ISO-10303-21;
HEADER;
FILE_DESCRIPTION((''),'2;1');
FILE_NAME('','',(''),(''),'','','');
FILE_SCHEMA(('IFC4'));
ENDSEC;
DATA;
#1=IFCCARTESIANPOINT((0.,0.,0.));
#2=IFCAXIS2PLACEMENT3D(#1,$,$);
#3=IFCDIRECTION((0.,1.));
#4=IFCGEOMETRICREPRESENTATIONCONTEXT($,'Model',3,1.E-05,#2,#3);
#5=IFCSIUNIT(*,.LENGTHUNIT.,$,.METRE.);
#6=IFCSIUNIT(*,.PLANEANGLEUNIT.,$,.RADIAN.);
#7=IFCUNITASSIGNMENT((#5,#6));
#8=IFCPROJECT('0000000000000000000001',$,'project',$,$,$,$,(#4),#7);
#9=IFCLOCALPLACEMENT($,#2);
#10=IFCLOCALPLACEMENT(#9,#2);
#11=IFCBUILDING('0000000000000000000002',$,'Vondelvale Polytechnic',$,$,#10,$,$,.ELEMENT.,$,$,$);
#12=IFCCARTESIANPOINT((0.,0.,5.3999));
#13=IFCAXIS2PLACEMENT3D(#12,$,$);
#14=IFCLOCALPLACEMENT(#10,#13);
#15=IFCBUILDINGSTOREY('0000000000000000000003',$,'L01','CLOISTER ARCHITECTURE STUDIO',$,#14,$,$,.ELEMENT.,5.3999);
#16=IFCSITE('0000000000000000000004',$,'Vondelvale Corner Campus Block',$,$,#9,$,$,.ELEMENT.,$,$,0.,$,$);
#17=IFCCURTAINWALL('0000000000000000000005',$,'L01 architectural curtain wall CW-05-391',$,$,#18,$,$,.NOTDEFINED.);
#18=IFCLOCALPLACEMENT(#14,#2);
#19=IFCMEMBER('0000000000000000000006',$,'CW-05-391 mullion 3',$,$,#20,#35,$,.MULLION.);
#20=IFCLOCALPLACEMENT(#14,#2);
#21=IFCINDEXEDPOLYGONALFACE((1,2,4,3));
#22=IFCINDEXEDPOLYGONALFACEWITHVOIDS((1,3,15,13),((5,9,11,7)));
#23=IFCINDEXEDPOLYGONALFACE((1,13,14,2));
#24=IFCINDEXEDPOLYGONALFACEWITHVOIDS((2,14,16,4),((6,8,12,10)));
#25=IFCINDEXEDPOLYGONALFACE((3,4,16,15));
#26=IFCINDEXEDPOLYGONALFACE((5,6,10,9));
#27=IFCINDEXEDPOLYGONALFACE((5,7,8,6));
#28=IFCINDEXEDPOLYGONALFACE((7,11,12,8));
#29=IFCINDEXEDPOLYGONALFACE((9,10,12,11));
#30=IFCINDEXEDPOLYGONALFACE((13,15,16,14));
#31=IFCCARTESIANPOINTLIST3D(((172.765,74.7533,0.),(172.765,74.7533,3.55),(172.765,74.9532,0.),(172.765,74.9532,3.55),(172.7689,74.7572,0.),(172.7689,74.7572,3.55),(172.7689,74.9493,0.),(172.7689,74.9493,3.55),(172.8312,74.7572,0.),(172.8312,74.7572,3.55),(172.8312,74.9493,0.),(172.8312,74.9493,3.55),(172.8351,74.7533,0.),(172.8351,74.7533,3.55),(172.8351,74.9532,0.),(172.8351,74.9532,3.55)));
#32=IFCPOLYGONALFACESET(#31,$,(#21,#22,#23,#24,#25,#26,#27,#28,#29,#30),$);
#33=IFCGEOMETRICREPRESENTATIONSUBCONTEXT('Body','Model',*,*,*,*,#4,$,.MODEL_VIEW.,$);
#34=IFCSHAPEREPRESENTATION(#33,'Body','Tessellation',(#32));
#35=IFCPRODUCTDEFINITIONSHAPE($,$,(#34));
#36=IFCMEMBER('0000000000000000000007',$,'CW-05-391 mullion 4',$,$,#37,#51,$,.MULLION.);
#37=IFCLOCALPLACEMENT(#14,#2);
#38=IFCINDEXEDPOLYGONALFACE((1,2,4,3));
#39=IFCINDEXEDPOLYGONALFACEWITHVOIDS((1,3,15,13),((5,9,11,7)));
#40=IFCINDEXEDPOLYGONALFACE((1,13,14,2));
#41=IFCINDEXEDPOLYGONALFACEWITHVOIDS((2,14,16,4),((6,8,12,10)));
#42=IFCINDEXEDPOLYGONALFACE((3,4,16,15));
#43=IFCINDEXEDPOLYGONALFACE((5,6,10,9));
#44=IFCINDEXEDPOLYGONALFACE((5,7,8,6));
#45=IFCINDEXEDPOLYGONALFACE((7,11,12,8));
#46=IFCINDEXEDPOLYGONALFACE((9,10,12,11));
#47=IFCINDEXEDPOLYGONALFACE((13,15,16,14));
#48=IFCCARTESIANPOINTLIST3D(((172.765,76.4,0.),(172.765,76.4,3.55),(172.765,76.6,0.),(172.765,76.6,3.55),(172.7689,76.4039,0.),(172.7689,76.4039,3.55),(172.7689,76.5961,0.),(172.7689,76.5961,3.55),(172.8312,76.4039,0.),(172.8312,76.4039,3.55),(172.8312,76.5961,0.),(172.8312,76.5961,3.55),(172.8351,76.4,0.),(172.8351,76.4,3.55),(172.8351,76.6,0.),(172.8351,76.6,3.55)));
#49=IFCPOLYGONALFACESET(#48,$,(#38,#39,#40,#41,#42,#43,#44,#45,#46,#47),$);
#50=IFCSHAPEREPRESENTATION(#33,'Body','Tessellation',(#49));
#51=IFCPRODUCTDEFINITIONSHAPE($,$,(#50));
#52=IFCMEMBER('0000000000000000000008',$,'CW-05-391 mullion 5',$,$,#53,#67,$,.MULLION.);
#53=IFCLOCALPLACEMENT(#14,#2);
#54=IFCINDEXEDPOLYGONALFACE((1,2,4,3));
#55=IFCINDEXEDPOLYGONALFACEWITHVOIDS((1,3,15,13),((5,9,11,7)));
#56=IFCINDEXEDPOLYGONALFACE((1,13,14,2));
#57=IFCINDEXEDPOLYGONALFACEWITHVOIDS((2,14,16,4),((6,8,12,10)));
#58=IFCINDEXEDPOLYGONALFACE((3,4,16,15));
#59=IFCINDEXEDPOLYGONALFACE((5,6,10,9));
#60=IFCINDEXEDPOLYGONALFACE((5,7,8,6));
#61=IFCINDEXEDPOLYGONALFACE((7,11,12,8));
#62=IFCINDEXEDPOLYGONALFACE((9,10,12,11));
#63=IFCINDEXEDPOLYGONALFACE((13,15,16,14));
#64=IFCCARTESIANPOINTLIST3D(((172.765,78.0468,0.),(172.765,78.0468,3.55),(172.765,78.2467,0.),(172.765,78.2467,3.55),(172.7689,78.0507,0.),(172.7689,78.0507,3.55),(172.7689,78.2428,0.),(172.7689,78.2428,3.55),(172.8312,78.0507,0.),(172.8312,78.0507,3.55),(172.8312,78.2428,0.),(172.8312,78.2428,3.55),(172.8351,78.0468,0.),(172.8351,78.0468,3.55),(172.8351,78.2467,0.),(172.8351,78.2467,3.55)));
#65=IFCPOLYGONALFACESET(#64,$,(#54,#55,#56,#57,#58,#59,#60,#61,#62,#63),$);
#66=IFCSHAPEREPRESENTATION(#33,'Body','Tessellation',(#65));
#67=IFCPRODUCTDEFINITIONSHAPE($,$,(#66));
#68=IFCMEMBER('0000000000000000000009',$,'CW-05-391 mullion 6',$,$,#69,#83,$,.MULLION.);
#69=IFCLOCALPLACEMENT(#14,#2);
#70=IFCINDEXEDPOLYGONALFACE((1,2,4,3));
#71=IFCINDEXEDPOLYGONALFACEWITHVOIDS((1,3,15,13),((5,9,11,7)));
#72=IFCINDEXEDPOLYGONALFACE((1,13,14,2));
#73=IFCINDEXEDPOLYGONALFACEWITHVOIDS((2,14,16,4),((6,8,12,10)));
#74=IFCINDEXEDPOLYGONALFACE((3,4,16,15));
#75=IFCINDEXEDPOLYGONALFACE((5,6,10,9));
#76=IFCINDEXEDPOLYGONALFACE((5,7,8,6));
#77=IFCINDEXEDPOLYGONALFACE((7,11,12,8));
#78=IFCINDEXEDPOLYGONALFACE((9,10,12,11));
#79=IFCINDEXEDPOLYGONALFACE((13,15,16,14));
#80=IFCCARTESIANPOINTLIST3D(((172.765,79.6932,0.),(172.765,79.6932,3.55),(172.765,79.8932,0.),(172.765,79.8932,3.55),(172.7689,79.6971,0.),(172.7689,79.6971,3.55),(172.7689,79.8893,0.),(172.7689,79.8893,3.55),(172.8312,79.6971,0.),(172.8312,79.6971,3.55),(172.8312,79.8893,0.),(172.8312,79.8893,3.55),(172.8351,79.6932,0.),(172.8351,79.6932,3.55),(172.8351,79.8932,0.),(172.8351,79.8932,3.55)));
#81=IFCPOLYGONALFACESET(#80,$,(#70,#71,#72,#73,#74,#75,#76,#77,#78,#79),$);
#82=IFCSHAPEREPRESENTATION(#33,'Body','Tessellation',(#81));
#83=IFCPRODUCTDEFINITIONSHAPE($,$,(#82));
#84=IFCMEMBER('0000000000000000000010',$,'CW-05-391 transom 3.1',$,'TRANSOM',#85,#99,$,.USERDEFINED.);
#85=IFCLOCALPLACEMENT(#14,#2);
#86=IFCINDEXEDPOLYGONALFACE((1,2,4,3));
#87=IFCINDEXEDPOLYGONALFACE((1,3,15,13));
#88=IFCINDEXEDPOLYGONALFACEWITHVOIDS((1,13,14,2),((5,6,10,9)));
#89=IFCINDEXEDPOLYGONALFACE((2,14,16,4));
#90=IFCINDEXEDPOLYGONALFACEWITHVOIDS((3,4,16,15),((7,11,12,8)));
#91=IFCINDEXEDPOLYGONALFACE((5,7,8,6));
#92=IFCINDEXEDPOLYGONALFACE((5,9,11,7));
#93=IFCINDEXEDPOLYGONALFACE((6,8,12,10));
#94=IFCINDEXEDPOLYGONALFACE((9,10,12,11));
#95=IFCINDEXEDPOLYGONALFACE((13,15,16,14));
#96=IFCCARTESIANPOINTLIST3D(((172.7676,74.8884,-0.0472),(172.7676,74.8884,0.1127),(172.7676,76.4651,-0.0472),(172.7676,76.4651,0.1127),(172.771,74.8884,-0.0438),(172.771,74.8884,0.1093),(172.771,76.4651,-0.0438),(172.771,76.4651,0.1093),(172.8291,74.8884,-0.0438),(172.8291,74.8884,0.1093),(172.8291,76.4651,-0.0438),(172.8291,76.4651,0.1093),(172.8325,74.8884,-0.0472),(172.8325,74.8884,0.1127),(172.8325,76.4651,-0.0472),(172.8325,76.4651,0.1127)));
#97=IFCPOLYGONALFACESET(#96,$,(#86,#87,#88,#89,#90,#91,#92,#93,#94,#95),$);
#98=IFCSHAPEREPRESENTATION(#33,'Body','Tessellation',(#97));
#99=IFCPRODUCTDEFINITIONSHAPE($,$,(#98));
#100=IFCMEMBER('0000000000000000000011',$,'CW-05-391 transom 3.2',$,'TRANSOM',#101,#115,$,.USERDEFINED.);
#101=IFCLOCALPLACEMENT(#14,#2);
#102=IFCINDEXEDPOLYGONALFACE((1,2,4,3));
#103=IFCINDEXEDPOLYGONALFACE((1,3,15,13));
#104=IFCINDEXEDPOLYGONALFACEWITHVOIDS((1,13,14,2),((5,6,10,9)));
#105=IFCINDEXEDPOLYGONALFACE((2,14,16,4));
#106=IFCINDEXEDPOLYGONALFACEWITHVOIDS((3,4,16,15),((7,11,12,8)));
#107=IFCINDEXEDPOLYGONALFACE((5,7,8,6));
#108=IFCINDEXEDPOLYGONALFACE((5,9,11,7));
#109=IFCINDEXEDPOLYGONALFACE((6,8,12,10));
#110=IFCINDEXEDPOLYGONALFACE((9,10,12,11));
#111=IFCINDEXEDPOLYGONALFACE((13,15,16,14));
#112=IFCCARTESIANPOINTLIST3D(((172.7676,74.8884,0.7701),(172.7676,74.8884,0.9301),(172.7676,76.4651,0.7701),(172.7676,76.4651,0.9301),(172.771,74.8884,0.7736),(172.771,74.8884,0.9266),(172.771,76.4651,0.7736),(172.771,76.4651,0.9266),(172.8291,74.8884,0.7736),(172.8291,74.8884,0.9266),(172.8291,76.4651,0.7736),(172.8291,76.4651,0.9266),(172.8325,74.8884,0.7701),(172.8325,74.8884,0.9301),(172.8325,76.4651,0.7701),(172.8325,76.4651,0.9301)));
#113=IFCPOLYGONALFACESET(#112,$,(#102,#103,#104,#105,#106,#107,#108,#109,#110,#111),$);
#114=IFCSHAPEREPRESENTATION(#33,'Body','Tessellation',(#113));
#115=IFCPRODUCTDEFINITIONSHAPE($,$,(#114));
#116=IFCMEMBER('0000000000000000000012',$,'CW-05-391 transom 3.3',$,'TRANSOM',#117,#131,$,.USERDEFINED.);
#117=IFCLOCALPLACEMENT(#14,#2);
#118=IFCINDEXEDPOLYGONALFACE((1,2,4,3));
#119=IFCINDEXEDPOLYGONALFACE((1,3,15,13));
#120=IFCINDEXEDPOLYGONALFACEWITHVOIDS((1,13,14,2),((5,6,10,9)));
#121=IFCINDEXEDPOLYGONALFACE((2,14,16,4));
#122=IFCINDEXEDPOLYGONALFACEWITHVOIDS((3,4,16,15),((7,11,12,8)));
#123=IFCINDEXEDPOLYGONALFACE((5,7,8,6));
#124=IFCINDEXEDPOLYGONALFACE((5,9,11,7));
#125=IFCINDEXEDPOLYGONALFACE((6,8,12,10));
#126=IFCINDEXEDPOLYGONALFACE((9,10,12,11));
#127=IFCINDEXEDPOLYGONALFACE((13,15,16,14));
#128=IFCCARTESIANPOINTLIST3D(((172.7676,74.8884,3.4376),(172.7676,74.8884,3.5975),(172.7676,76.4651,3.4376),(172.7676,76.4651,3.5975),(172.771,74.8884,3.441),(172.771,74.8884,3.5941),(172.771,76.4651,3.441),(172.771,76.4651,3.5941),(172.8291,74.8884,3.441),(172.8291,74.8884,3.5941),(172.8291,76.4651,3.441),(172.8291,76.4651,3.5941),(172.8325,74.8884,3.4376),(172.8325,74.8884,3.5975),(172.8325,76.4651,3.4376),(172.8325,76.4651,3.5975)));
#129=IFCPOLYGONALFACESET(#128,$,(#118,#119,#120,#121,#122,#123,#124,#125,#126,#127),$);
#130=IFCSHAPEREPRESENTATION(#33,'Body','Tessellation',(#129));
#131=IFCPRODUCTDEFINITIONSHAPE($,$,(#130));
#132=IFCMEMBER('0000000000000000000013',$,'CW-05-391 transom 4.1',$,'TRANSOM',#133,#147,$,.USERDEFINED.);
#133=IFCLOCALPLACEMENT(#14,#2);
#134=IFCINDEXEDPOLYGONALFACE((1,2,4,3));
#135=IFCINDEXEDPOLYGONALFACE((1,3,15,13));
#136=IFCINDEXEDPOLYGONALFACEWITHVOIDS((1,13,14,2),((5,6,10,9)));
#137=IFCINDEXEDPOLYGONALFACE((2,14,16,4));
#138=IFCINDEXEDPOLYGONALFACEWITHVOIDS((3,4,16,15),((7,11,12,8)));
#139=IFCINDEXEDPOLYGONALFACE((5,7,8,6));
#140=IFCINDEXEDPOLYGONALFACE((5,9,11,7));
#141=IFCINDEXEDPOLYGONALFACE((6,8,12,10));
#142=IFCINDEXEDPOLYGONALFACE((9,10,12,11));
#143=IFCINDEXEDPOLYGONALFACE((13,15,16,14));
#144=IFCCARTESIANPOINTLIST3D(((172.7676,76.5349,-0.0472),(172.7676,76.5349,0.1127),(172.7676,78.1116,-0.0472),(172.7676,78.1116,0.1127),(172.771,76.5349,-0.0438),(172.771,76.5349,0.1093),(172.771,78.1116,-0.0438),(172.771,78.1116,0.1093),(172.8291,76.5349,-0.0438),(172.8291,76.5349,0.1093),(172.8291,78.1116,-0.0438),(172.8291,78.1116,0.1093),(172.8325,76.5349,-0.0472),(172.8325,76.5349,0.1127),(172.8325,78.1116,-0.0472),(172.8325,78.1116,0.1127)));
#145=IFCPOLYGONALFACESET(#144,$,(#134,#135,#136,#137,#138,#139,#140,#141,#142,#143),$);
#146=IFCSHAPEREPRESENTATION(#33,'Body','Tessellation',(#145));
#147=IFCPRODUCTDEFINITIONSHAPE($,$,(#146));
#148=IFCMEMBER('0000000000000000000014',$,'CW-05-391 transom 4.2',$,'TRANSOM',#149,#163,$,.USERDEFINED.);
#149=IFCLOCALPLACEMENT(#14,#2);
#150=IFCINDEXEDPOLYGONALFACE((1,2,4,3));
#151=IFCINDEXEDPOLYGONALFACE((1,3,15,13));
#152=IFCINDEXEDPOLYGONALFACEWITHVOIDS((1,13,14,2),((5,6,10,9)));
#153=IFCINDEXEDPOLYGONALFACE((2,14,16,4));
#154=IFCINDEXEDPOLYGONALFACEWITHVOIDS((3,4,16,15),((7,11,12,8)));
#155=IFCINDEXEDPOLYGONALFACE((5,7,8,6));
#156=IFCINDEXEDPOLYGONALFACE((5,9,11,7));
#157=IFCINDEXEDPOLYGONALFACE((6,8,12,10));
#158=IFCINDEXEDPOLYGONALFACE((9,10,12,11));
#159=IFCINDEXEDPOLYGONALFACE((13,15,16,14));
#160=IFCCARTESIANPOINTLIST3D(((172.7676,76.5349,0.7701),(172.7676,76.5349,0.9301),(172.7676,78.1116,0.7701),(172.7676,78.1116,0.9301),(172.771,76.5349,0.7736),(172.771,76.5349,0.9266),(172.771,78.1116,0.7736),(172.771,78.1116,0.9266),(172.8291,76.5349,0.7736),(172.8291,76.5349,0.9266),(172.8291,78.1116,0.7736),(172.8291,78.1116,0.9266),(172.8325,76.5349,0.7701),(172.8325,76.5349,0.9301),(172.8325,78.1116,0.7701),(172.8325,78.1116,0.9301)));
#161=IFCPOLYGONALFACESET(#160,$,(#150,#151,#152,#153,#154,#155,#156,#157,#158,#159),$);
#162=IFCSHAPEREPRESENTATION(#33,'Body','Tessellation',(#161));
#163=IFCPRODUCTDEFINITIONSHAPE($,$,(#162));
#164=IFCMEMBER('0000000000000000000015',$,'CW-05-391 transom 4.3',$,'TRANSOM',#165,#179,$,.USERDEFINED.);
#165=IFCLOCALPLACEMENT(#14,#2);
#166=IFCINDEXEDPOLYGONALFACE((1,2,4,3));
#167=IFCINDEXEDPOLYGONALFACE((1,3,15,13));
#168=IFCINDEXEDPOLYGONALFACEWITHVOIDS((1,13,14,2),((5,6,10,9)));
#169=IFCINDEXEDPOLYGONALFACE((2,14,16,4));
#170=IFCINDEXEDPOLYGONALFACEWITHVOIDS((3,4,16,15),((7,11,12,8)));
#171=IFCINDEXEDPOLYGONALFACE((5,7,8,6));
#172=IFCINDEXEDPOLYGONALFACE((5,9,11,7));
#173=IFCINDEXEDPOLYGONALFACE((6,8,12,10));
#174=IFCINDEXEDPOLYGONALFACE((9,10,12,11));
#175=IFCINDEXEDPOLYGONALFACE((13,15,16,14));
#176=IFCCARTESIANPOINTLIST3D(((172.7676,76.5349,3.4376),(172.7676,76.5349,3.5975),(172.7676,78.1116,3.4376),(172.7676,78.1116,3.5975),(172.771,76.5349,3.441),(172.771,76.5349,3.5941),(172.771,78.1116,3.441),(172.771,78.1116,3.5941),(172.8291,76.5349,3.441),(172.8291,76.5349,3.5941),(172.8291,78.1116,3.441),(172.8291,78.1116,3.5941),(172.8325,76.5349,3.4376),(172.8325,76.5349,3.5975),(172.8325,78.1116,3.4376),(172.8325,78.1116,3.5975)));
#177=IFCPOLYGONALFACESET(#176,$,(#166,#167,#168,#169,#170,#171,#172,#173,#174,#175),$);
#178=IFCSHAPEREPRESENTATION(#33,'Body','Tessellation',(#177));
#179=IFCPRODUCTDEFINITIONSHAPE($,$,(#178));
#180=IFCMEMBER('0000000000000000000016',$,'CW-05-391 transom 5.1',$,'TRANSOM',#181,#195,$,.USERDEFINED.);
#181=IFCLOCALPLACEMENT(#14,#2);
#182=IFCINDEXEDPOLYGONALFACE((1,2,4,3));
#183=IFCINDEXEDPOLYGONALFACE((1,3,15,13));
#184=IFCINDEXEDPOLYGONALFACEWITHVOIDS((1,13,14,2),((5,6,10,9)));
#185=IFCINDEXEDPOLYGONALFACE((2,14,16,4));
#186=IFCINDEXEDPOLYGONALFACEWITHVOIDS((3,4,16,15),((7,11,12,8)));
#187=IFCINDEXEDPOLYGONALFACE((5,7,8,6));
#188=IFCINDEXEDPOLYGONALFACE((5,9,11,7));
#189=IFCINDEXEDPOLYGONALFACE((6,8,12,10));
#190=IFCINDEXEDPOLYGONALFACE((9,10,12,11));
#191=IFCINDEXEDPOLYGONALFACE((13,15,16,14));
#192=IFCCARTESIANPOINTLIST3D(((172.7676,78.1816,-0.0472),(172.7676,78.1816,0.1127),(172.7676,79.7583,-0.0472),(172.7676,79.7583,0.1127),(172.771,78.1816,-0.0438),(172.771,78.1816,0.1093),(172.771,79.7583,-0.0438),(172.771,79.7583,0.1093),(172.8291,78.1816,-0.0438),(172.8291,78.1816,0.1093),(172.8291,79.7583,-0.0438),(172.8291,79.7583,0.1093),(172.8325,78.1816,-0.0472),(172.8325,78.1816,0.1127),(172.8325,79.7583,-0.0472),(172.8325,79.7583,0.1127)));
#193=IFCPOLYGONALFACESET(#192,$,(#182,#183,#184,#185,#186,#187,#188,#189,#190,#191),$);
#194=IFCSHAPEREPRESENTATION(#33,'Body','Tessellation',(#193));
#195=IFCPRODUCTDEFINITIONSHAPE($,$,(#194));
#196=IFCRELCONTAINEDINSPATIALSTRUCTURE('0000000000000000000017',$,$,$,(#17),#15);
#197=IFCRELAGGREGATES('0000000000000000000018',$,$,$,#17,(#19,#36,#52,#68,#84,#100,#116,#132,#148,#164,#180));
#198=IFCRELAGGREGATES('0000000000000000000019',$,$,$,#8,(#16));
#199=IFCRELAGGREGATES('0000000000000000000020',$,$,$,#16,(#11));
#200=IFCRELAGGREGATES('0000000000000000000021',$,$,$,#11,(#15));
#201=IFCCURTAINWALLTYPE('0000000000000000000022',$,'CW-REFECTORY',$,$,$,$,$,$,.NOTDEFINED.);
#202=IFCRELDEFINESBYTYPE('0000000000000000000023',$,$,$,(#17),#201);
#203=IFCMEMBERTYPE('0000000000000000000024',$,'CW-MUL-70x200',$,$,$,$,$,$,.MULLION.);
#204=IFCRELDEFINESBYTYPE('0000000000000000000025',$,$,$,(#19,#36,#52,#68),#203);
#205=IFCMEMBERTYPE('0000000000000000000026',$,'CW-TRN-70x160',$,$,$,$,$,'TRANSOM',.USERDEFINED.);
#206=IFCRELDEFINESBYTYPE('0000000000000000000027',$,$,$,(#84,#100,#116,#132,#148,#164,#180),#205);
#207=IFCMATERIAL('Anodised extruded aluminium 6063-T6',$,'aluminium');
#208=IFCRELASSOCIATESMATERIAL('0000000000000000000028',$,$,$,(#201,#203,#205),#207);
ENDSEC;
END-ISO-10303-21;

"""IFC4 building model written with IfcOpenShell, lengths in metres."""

from ifc_helpers import new_model, si_unit, direction, frame, origin, origin_2d, place, context, subcontext, project, spatial, hollow_rectangle, extrude, material, material_profile, profile_set, type_object, element, aggregate, save


model = new_model("IFC4")

# Units and contexts
model_context = context("Model", 3, precision=1e-05, world=origin(), true_north=direction((0.0, 1.0)))
body_context = subcontext(model_context, "Body", "Model", "MODEL_VIEW")
ifc_project = project(units=[si_unit("LENGTHUNIT", "METRE"), si_unit("PLANEANGLEUNIT", "RADIAN")], contexts=[model_context])

# Site, building, storey
site_placement = place(None, origin())
site = spatial("IfcSite", under=ifc_project, at=site_placement, Name="Vondelvale Corner Campus Block", CompositionType="ELEMENT", RefElevation=0.0)
building_placement = place(site_placement, origin())
building = spatial("IfcBuilding", under=site, at=building_placement, Name="Vondelvale Polytechnic", CompositionType="ELEMENT")
storey_placement = place(building_placement, frame((0.0, 0.0, 5.3999)))
storey = spatial("IfcBuildingStorey", under=building, at=storey_placement, Name="L01", Description="CLOISTER ARCHITECTURE STUDIO", CompositionType="ELEMENT", Elevation=5.3999)

# Curtain wall, members
ifc_material_1 = material(Name="Anodised extruded aluminium 6063-T6", Category="aluminium")
curtain_wall_type = type_object("IfcCurtainWallType", Name="CW-REFECTORY", PredefinedType="NOTDEFINED", material=ifc_material_1)
curtain_wall_placement = place(storey_placement, origin())
curtain_wall = element("IfcCurtainWall", 1, at=curtain_wall_placement, inside=storey, type_object=curtain_wall_type, Name="L01 architectural curtain wall CW-05-391", PredefinedType="NOTDEFINED")
ifc_material_profile_1 = material_profile(ifc_material_1, hollow_rectangle(XDim=0.0701, YDim=0.2, WallThickness=0.0039, at=origin_2d()), Name="CW-MUL-200x70")
ifc_profile_set_1 = profile_set([ifc_material_profile_1], Name="Anodised extruded aluminium 6063-T6")
member_type_1 = type_object("IfcMemberType", Name="CW-MUL-70x200", PredefinedType="MULLION", material=ifc_profile_set_1)
member_1_placement = place(storey_placement, frame((172.8, 74.8533, 0.0), z_axis=(0.0, 0.0, 1.0), x_axis=(-1.0, 0.0, 0.0)))
member_1 = element("IfcMember", 2, at=member_1_placement, type_object=member_type_1, Name="CW-05-391 mullion 3", PredefinedType="MULLION", context=body_context, shape_type="SweptSolid", body=[
    extrude(hollow_rectangle(XDim=0.0701, YDim=0.2, WallThickness=0.0039, at=origin_2d()), origin(), (0.0, 0.0, 1.0), 3.55),
])
member_2_placement = place(storey_placement, frame((172.8, 76.5, 0.0), z_axis=(0.0, 0.0, 1.0), x_axis=(-1.0, 0.0, 0.0)))
member_2 = element("IfcMember", 3, at=member_2_placement, type_object=member_type_1, Name="CW-05-391 mullion 4", PredefinedType="MULLION", context=body_context, shape_type="SweptSolid", body=[
    extrude(hollow_rectangle(XDim=0.0701, YDim=0.2, WallThickness=0.0039, at=origin_2d()), origin(), (0.0, 0.0, 1.0), 3.55),
])
member_3_placement = place(storey_placement, frame((172.8, 78.1467, 0.0), z_axis=(0.0, 0.0, 1.0), x_axis=(-1.0, 0.0, 0.0)))
member_3 = element("IfcMember", 4, at=member_3_placement, type_object=member_type_1, Name="CW-05-391 mullion 5", PredefinedType="MULLION", context=body_context, shape_type="SweptSolid", body=[
    extrude(hollow_rectangle(XDim=0.0701, YDim=0.2, WallThickness=0.0039, at=origin_2d()), origin(), (0.0, 0.0, 1.0), 3.55),
])
member_4_placement = place(storey_placement, frame((172.8, 79.7932, 0.0), z_axis=(0.0, 0.0, 1.0), x_axis=(-1.0, 0.0, 0.0)))
member_4 = element("IfcMember", 5, at=member_4_placement, type_object=member_type_1, Name="CW-05-391 mullion 6", PredefinedType="MULLION", context=body_context, shape_type="SweptSolid", body=[
    extrude(hollow_rectangle(XDim=0.0701, YDim=0.2, WallThickness=0.0039, at=origin_2d()), origin(), (0.0, 0.0, 1.0), 3.55),
])
ifc_material_profile_2 = material_profile(ifc_material_1, hollow_rectangle(XDim=0.0649, YDim=0.1599, WallThickness=0.0034, at=origin_2d()), Name="CW-TRN-160x65")
ifc_profile_set_2 = profile_set([ifc_material_profile_2], Name="Anodised extruded aluminium 6063-T6")
member_type_2 = type_object("IfcMemberType", Name="CW-TRN-70x160", ElementType="TRANSOM", PredefinedType="USERDEFINED", material=ifc_profile_set_2)
member_5_placement = place(storey_placement, frame((172.8, 74.8884, 0.0327), z_axis=(0.0, 1.0, 0.0), x_axis=(-1.0, 0.0, 0.0)))
member_5 = element("IfcMember", 6, at=member_5_placement, type_object=member_type_2, Name="CW-05-391 transom 3.1", ObjectType="TRANSOM", PredefinedType="USERDEFINED", context=body_context, shape_type="SweptSolid", body=[
    extrude(hollow_rectangle(XDim=0.0649, YDim=0.1599, WallThickness=0.0034, at=origin_2d()), origin(), (0.0, 0.0, 1.0), 1.5767),
])
member_6_placement = place(storey_placement, frame((172.8, 74.8884, 0.8501), z_axis=(0.0, 1.0, 0.0), x_axis=(-1.0, 0.0, 0.0)))
member_6 = element("IfcMember", 7, at=member_6_placement, type_object=member_type_2, Name="CW-05-391 transom 3.2", ObjectType="TRANSOM", PredefinedType="USERDEFINED", context=body_context, shape_type="SweptSolid", body=[
    extrude(hollow_rectangle(XDim=0.0649, YDim=0.1599, WallThickness=0.0034, at=origin_2d()), origin(), (0.0, 0.0, 1.0), 1.5767),
])
member_7_placement = place(storey_placement, frame((172.8, 74.8884, 3.5176), z_axis=(0.0, 1.0, 0.0), x_axis=(-1.0, 0.0, 0.0)))
member_7 = element("IfcMember", 8, at=member_7_placement, type_object=member_type_2, Name="CW-05-391 transom 3.3", ObjectType="TRANSOM", PredefinedType="USERDEFINED", context=body_context, shape_type="SweptSolid", body=[
    extrude(hollow_rectangle(XDim=0.0649, YDim=0.1599, WallThickness=0.0034, at=origin_2d()), origin(), (0.0, 0.0, 1.0), 1.5767),
])
member_8_placement = place(storey_placement, frame((172.8, 76.5349, 0.0327), z_axis=(0.0, 1.0, 0.0), x_axis=(-1.0, 0.0, 0.0)))
member_8 = element("IfcMember", 9, at=member_8_placement, type_object=member_type_2, Name="CW-05-391 transom 4.1", ObjectType="TRANSOM", PredefinedType="USERDEFINED", context=body_context, shape_type="SweptSolid", body=[
    extrude(hollow_rectangle(XDim=0.0649, YDim=0.1599, WallThickness=0.0034, at=origin_2d()), origin(), (0.0, 0.0, 1.0), 1.5767),
])
member_9_placement = place(storey_placement, frame((172.8, 76.5349, 0.8501), z_axis=(0.0, 1.0, 0.0), x_axis=(-1.0, 0.0, 0.0)))
member_9 = element("IfcMember", 10, at=member_9_placement, type_object=member_type_2, Name="CW-05-391 transom 4.2", ObjectType="TRANSOM", PredefinedType="USERDEFINED", context=body_context, shape_type="SweptSolid", body=[
    extrude(hollow_rectangle(XDim=0.0649, YDim=0.1599, WallThickness=0.0034, at=origin_2d()), origin(), (0.0, 0.0, 1.0), 1.5767),
])
member_10_placement = place(storey_placement, frame((172.8, 76.5349, 3.5176), z_axis=(0.0, 1.0, 0.0), x_axis=(-1.0, 0.0, 0.0)))
member_10 = element("IfcMember", 11, at=member_10_placement, type_object=member_type_2, Name="CW-05-391 transom 4.3", ObjectType="TRANSOM", PredefinedType="USERDEFINED", context=body_context, shape_type="SweptSolid", body=[
    extrude(hollow_rectangle(XDim=0.0649, YDim=0.1599, WallThickness=0.0034, at=origin_2d()), origin(), (0.0, 0.0, 1.0), 1.5767),
])
member_11_placement = place(storey_placement, frame((172.8, 78.1816, 0.0327), z_axis=(0.0, 1.0, 0.0), x_axis=(-1.0, 0.0, 0.0)))
member_11 = element("IfcMember", 12, at=member_11_placement, type_object=member_type_2, Name="CW-05-391 transom 5.1", ObjectType="TRANSOM", PredefinedType="USERDEFINED", context=body_context, shape_type="SweptSolid", body=[
    extrude(hollow_rectangle(XDim=0.0649, YDim=0.1599, WallThickness=0.0034, at=origin_2d()), origin(), (0.0, 0.0, 1.0), 1.5767),
])
aggregate(curtain_wall, [member_1, member_2, member_3, member_4, member_5, member_6, member_7, member_8, member_9, member_10, member_11])

save(model, "model.ifc")
